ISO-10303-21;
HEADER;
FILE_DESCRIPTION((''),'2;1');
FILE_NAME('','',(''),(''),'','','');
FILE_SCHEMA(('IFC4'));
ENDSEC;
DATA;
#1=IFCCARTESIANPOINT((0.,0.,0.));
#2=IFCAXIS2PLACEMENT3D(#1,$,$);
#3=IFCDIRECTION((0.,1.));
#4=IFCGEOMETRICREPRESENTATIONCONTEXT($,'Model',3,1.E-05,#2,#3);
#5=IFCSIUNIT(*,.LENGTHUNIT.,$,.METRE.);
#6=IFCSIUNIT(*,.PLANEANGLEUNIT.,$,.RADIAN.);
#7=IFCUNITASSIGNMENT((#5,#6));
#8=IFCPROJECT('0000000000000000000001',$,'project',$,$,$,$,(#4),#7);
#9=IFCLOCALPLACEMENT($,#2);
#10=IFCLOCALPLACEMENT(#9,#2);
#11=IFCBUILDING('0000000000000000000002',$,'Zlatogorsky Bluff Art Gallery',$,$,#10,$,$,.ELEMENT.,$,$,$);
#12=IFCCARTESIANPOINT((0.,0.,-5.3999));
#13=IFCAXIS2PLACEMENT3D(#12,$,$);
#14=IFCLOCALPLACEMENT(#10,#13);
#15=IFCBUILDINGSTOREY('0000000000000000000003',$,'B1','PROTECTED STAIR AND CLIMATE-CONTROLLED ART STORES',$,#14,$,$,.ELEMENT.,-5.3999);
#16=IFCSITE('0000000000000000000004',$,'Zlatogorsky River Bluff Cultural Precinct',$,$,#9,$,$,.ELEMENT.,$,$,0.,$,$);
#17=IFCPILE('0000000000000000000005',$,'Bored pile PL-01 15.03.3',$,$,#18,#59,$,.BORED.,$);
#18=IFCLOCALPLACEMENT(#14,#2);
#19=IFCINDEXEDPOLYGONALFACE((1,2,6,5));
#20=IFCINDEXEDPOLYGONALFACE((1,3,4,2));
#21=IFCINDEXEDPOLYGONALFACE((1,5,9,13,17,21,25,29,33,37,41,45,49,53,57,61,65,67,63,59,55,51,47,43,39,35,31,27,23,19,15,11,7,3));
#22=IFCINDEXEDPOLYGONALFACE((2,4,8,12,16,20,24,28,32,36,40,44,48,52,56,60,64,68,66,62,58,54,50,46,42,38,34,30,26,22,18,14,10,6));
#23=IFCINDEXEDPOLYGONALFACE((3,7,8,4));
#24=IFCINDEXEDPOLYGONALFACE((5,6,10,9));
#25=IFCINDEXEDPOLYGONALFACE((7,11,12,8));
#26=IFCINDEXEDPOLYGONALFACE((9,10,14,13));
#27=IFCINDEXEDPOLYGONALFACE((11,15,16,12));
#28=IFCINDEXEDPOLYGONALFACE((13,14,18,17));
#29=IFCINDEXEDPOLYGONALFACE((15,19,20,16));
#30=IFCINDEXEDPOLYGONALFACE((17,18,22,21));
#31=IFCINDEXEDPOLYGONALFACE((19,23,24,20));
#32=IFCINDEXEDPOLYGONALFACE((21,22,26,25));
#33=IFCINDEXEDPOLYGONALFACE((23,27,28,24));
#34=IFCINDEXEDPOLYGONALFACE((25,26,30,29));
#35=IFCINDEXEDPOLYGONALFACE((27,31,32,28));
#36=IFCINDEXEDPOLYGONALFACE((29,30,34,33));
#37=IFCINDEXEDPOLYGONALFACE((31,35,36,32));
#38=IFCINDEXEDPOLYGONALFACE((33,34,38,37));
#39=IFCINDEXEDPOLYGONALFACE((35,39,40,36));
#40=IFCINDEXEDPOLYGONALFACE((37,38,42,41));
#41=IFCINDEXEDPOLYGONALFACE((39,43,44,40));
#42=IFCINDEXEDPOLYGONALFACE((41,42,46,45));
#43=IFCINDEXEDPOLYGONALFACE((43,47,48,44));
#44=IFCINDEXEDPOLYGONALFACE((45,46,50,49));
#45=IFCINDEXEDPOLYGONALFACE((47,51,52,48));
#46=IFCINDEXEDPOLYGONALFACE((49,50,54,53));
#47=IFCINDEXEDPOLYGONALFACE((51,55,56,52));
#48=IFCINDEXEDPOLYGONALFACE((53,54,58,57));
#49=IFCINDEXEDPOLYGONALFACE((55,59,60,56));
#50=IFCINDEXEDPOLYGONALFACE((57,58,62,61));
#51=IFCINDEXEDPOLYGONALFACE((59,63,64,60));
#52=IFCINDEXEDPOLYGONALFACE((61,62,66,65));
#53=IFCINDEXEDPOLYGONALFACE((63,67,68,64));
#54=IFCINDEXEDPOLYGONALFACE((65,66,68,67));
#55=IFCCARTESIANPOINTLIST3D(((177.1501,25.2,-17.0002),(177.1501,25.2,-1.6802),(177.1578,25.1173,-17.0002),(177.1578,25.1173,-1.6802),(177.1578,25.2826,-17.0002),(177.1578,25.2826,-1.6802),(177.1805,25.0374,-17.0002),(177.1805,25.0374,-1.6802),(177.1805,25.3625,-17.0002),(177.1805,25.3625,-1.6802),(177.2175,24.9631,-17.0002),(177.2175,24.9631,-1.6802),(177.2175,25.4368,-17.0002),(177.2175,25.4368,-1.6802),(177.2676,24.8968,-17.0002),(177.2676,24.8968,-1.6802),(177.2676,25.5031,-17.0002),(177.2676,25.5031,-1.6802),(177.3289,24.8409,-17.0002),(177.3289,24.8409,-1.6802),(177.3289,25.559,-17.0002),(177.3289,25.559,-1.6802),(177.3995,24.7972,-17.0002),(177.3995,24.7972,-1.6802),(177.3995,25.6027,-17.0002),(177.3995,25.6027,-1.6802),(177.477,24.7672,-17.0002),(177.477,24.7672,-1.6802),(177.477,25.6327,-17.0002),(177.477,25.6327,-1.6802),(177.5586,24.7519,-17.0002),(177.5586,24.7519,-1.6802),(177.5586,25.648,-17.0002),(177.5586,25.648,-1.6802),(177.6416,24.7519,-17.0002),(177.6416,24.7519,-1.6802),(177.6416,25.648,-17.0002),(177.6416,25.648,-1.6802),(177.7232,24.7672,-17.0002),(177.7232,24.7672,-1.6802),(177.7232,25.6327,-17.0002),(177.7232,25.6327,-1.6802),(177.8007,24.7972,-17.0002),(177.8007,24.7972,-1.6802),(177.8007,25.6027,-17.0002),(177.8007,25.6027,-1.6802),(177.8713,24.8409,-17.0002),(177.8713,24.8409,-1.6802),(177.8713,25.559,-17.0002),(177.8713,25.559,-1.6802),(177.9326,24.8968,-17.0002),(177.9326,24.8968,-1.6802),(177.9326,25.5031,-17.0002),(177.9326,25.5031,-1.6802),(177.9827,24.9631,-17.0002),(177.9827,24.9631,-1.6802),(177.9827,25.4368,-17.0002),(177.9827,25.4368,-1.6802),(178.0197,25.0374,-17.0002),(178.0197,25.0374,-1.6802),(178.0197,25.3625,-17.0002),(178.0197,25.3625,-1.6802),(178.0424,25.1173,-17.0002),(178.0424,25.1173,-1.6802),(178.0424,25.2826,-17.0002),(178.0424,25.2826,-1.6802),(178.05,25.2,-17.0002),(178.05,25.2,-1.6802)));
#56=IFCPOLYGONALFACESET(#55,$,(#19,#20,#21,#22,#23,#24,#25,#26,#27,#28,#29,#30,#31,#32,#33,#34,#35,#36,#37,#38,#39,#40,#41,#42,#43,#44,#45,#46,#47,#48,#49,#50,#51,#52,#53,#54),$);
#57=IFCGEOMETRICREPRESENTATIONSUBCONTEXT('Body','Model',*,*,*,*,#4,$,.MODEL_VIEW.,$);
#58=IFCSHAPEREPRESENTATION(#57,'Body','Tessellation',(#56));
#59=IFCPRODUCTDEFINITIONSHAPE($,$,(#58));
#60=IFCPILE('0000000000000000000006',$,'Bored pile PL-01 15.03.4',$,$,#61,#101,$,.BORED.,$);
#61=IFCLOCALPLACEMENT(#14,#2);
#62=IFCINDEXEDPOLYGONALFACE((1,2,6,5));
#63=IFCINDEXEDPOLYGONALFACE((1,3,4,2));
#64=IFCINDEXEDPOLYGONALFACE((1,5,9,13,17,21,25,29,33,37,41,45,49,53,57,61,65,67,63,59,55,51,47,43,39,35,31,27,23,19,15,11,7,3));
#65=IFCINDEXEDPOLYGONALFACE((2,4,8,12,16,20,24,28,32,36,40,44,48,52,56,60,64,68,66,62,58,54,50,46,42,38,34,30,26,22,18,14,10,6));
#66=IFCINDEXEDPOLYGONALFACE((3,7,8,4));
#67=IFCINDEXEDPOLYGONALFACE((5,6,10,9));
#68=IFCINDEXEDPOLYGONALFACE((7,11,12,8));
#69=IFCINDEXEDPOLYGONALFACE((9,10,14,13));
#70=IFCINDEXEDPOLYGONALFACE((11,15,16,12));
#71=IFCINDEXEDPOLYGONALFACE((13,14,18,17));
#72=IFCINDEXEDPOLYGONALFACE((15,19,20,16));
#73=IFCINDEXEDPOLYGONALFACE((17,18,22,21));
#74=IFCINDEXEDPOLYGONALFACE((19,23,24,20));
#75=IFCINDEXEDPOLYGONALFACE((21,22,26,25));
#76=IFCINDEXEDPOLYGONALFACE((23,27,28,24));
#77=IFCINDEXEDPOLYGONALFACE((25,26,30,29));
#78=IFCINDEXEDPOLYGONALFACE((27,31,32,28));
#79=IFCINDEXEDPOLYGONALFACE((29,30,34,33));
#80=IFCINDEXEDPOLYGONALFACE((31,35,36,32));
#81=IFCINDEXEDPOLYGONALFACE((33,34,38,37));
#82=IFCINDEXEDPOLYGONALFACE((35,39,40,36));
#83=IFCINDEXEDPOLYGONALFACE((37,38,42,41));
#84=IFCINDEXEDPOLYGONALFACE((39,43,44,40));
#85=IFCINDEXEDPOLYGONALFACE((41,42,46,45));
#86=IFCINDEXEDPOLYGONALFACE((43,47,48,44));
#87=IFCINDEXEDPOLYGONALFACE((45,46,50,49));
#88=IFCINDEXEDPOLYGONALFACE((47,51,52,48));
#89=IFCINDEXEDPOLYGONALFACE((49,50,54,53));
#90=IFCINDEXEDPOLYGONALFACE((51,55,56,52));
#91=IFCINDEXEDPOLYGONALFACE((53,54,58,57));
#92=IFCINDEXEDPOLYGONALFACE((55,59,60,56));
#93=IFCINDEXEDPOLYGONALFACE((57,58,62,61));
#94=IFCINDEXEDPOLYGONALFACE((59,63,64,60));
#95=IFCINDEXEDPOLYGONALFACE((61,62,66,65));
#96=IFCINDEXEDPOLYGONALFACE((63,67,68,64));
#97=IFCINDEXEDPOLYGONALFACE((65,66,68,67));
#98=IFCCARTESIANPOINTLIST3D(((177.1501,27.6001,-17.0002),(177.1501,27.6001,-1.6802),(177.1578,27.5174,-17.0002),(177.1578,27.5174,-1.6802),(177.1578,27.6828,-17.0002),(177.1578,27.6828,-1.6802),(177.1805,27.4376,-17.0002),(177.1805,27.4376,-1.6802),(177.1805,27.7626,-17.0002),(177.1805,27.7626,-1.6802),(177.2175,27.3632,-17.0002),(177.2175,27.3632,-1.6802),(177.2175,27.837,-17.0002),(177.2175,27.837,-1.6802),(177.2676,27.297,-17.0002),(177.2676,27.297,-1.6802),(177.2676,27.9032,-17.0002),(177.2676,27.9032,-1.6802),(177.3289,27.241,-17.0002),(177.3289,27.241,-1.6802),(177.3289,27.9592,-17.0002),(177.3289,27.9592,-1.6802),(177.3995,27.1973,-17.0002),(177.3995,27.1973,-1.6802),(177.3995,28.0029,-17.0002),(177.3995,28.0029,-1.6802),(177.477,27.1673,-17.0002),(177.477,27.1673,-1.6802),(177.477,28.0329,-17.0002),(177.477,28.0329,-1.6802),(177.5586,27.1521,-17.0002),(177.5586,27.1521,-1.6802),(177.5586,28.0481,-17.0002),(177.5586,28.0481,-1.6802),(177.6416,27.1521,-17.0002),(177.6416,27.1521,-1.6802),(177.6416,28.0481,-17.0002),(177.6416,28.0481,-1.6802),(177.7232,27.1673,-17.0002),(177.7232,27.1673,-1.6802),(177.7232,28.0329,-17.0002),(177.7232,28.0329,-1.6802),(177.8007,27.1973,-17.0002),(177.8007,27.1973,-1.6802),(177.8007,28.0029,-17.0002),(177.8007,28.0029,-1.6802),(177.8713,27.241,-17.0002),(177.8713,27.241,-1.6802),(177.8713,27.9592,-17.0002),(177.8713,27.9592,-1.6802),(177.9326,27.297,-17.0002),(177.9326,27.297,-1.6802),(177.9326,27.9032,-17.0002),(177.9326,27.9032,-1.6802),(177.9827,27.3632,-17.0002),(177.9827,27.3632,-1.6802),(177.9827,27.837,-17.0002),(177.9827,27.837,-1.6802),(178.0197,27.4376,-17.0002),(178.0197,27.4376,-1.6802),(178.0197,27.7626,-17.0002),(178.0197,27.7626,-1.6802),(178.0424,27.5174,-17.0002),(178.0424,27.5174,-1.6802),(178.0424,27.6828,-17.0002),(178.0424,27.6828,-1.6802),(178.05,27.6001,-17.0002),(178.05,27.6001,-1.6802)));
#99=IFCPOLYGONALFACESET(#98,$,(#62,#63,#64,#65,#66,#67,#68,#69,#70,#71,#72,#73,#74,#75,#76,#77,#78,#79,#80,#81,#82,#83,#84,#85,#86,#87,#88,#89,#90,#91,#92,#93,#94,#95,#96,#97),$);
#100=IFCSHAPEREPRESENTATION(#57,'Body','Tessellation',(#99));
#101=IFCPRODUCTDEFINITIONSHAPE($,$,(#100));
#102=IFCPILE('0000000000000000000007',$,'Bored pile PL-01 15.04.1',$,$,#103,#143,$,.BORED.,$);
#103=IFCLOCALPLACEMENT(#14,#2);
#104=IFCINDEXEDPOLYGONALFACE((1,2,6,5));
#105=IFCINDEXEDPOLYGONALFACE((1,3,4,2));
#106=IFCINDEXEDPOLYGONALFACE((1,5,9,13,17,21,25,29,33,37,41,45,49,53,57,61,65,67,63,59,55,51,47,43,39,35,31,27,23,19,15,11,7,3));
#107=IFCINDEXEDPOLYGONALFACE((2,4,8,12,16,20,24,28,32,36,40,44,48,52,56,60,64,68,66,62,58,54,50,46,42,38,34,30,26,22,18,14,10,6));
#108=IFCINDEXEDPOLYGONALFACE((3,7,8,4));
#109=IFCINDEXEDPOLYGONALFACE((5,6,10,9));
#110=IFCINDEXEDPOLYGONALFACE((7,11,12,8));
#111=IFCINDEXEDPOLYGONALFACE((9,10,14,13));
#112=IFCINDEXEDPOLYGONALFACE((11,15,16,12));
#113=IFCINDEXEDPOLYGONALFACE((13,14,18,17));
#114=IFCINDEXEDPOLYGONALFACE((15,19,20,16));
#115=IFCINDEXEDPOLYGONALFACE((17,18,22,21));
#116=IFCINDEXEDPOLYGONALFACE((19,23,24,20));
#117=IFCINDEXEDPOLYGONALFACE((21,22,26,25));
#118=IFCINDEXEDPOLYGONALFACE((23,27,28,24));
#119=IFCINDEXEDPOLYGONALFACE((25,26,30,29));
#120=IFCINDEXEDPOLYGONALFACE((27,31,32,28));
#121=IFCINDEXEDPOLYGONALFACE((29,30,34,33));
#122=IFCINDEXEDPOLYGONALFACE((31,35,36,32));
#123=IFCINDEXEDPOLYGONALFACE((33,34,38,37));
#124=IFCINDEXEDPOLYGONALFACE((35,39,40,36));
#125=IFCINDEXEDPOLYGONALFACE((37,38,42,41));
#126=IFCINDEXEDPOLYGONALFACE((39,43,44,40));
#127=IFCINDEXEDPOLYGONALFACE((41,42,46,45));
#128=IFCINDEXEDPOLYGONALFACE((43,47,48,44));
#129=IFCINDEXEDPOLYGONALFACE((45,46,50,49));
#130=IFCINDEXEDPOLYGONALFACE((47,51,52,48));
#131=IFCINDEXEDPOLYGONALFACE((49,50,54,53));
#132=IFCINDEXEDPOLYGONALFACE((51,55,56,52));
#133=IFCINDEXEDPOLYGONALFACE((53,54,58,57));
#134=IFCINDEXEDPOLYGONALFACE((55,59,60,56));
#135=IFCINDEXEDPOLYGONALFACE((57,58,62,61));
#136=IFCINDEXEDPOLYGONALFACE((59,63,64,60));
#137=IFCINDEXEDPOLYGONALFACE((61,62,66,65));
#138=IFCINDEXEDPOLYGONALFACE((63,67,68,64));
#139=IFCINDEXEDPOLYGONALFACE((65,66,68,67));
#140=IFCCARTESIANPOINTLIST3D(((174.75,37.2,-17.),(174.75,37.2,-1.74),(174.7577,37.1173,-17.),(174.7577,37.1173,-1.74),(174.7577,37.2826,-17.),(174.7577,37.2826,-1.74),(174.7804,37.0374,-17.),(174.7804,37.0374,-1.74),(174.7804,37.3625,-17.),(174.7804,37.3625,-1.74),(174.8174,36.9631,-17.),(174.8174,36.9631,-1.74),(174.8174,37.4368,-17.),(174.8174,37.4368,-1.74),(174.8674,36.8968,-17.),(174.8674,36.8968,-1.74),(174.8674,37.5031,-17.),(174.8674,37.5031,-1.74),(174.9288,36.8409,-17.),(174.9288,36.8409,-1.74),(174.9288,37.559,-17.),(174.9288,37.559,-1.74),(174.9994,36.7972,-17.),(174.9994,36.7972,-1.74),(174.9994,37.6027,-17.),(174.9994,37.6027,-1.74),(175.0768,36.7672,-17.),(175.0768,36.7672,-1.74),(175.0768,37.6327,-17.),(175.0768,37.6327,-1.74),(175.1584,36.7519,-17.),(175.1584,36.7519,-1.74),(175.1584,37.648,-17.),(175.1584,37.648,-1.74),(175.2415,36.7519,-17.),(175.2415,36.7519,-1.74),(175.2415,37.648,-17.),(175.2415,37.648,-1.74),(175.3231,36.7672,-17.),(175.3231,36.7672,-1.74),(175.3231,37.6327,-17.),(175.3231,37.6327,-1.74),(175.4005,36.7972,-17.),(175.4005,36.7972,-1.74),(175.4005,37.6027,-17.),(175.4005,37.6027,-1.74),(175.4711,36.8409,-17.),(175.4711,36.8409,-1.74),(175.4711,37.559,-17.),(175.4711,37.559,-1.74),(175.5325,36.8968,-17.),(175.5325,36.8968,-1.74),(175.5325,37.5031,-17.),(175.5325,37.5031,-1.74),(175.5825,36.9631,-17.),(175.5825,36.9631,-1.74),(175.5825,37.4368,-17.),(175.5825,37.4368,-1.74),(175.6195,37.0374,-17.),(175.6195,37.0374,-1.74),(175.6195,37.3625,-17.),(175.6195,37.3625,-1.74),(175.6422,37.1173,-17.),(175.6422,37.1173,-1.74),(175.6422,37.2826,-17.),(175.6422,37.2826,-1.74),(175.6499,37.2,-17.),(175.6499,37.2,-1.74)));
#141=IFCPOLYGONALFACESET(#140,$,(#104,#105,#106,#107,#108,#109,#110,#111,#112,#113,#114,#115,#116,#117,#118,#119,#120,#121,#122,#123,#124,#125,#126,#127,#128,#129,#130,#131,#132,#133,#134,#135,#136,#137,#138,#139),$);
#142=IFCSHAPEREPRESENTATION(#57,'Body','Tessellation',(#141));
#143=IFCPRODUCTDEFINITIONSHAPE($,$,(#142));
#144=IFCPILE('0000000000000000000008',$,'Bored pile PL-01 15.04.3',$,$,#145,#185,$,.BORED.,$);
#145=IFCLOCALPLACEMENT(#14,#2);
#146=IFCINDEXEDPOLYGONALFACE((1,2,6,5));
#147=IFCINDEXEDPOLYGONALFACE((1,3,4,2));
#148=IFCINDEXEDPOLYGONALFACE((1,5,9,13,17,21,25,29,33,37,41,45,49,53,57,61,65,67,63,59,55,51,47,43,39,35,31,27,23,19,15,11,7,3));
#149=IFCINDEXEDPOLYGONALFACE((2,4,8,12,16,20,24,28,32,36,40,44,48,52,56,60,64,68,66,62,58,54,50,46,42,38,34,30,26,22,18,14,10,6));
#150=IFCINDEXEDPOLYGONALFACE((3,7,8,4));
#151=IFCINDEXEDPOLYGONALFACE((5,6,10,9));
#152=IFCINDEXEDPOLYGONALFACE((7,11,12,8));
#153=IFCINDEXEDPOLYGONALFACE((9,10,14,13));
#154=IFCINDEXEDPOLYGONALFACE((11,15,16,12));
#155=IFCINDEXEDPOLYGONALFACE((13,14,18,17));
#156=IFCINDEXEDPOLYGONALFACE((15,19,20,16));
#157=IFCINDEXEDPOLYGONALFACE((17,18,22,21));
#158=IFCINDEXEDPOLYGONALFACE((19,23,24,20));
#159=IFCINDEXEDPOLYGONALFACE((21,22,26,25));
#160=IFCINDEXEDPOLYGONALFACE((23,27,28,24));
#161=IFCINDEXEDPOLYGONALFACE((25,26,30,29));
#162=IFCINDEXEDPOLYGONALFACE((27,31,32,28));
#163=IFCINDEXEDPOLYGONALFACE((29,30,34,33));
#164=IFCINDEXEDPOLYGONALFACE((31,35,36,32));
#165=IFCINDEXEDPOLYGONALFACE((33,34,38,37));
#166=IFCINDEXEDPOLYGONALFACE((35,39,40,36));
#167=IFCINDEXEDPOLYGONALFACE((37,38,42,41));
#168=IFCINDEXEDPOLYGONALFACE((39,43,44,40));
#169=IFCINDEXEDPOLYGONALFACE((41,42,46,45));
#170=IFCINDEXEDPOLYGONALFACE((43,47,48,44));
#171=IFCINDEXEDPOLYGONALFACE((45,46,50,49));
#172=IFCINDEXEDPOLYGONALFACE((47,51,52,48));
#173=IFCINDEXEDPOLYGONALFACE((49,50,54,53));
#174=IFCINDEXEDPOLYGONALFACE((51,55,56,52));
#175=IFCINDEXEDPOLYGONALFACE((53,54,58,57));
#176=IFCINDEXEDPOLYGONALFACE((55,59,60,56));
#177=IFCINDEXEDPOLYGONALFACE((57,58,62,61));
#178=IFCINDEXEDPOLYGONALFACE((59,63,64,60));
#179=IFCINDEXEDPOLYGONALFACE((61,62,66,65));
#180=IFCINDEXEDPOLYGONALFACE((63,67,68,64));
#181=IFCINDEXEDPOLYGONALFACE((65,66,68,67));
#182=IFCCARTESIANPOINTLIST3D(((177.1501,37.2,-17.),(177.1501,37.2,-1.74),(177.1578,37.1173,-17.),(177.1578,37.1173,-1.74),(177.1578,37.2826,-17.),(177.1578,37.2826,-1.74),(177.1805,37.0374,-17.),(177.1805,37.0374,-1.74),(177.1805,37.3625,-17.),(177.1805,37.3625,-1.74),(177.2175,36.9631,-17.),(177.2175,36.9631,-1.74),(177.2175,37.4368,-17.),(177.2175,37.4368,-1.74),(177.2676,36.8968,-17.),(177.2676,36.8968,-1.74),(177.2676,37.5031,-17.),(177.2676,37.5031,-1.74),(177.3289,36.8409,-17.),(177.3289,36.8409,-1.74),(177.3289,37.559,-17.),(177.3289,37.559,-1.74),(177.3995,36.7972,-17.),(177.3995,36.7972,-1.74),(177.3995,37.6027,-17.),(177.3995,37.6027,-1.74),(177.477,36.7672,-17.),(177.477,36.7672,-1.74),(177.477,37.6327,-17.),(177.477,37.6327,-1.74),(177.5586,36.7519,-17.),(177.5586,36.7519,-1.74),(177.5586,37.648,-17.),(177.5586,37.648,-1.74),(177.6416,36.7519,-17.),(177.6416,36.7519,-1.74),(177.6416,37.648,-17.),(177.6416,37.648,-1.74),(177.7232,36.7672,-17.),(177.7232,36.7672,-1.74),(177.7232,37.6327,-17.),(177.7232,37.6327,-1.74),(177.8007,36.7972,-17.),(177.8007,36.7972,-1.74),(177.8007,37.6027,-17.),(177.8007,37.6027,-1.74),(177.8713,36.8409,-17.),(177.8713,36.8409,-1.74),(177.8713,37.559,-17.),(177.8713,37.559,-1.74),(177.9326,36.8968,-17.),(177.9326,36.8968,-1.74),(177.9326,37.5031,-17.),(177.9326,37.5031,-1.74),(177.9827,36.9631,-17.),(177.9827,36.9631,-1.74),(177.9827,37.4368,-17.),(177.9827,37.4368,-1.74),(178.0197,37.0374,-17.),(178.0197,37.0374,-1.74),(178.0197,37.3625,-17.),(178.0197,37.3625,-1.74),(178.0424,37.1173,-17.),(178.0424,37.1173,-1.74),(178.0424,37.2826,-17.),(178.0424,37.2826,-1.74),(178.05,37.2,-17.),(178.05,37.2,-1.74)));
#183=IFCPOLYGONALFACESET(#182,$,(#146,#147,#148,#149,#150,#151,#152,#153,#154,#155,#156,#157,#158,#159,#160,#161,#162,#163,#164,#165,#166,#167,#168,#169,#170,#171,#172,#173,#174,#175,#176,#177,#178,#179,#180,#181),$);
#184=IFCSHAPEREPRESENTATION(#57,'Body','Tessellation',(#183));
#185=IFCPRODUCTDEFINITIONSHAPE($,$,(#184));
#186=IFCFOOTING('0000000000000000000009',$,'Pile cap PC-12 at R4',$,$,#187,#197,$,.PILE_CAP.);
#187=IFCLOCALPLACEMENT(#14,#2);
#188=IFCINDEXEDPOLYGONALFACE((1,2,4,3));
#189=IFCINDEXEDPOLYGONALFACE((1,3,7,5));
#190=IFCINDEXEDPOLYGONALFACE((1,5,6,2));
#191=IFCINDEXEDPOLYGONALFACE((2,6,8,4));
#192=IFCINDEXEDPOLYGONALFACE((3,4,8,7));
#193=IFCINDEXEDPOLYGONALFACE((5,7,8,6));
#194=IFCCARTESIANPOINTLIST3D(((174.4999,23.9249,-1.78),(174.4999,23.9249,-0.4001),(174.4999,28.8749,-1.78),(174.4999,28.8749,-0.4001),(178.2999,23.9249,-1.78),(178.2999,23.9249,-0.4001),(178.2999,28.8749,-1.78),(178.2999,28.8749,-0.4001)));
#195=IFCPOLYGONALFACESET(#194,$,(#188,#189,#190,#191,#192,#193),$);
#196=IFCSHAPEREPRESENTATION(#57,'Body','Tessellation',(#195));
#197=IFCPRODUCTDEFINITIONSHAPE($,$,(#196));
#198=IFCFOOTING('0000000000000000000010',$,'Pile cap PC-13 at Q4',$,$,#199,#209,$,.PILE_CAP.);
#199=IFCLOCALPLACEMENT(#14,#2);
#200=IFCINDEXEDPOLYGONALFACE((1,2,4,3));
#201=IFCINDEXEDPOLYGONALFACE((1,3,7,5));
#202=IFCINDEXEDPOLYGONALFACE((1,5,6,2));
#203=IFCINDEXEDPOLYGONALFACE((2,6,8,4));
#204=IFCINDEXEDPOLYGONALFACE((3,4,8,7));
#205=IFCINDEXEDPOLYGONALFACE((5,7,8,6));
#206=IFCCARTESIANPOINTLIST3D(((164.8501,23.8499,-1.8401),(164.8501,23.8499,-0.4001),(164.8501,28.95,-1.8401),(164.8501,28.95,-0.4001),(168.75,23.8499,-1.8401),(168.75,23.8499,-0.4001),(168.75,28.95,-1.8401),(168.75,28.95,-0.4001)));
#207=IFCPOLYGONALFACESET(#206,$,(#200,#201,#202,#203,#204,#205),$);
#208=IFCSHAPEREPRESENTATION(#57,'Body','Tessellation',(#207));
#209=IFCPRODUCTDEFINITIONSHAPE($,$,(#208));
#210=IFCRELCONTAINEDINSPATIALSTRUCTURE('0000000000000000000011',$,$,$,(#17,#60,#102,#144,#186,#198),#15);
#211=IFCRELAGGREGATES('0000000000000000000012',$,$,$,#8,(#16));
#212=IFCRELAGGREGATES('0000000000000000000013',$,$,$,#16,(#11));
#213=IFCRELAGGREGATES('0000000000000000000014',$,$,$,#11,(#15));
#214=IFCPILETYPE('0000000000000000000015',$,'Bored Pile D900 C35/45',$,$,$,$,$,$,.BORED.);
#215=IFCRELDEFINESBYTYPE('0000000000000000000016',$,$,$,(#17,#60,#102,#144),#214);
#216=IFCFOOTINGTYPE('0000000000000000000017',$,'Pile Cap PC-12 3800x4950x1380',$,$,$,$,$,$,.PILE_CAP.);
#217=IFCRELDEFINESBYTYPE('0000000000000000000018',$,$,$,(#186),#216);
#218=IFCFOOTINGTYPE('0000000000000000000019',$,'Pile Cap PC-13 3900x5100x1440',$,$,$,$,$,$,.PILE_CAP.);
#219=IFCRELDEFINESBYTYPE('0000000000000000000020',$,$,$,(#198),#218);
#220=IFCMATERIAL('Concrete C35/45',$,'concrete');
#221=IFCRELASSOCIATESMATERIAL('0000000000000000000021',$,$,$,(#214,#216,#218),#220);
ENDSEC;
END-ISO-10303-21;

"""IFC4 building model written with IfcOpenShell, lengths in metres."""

from ifc_helpers import new_model, si_unit, direction, frame, origin, origin_2d, place, context, subcontext, project, spatial, rectangle, circle, extrude, material, material_profile, profile_set, type_object, element, save


model = new_model("IFC4")

# Units and contexts
model_context = context("Model", 3, precision=1e-05, world=origin(), true_north=direction((0.0, 1.0)))
body_context = subcontext(model_context, "Body", "Model", "MODEL_VIEW")
ifc_project = project(units=[si_unit("LENGTHUNIT", "METRE"), si_unit("PLANEANGLEUNIT", "RADIAN")], contexts=[model_context])

# Site, building, storey
site_placement = place(None, origin())
site = spatial("IfcSite", under=ifc_project, at=site_placement, Name="Zlatogorsky River Bluff Cultural Precinct", CompositionType="ELEMENT", RefElevation=0.0)
building_placement = place(site_placement, origin())
building = spatial("IfcBuilding", under=site, at=building_placement, Name="Zlatogorsky Bluff Art Gallery", CompositionType="ELEMENT")
storey_placement = place(building_placement, frame((0.0, 0.0, -5.3999)))
storey = spatial("IfcBuildingStorey", under=building, at=storey_placement, Name="B1", Description="PROTECTED STAIR AND CLIMATE-CONTROLLED ART STORES", CompositionType="ELEMENT", Elevation=-5.3999)

# Piles
ifc_material_1 = material(Name="Concrete C35/45", Category="concrete")
ifc_material_profile_1 = material_profile(ifc_material_1, circle(Radius=0.45, at=origin_2d()), Name="BORED PILE D900")
ifc_profile_set_1 = profile_set([ifc_material_profile_1], Name="Concrete C35/45")
pile_type = type_object("IfcPileType", Name="Bored Pile D900 C35/45", PredefinedType="BORED", material=ifc_profile_set_1)
for number, where, z_axis, x_axis, name in (
    (1, (177.6001, 25.2, -1.6802), (0.0, 0.0, -1.0), (1.0, 0.0, 0.0), "Bored pile PL-01 15.03.3"),
    (2, (177.6001, 27.6001, -1.6802), (0.0, 0.0, -1.0), (1.0, 0.0, 0.0), "Bored pile PL-01 15.03.4"),
):
    element("IfcPile", number, at=place(storey_placement, frame(where, z_axis=z_axis, x_axis=x_axis)), inside=storey, type_object=pile_type, Name=name, PredefinedType="BORED", context=body_context, shape_type="SweptSolid", body=[
        extrude(circle(Radius=0.45, at=origin_2d()), origin(), (0.0, 0.0, 1.0), 15.3201),
    ])
for number, where, z_axis, x_axis, name in (
    (3, (175.2, 37.2, -1.74), (0.0, 0.0, -1.0), (1.0, 0.0, 0.0), "Bored pile PL-01 15.04.1"),
    (4, (177.6001, 37.2, -1.74), (0.0, 0.0, -1.0), (1.0, 0.0, 0.0), "Bored pile PL-01 15.04.3"),
):
    element("IfcPile", number, at=place(storey_placement, frame(where, z_axis=z_axis, x_axis=x_axis)), inside=storey, type_object=pile_type, Name=name, PredefinedType="BORED", context=body_context, shape_type="SweptSolid", body=[
        extrude(circle(Radius=0.45, at=origin_2d()), origin(), (0.0, 0.0, 1.0), 15.26),
    ])

# Footings
footing_type_1 = type_object("IfcFootingType", Name="Pile Cap PC-12 3800x4950x1380", PredefinedType="PILE_CAP", material=ifc_material_1)
footing_1_placement = place(storey_placement, frame((176.3999, 26.3999, -1.78), z_axis=(0.0, 0.0, 1.0), x_axis=(1.0, 0.0, 0.0)))
element("IfcFooting", 5, at=footing_1_placement, inside=storey, type_object=footing_type_1, Name="Pile cap PC-12 at R4", PredefinedType="PILE_CAP", context=body_context, shape_type="SweptSolid", body=[
    extrude(rectangle(XDim=3.8, YDim=4.95, at=origin_2d()), origin(), (0.0, 0.0, 1.0), 1.3799),
])
footing_type_2 = type_object("IfcFootingType", Name="Pile Cap PC-13 3900x5100x1440", PredefinedType="PILE_CAP", material=ifc_material_1)
footing_2_placement = place(storey_placement, frame((166.8, 26.3999, -1.8401), z_axis=(0.0, 0.0, 1.0), x_axis=(1.0, 0.0, 0.0)))
element("IfcFooting", 6, at=footing_2_placement, inside=storey, type_object=footing_type_2, Name="Pile cap PC-13 at Q4", PredefinedType="PILE_CAP", context=body_context, shape_type="SweptSolid", body=[
    extrude(rectangle(XDim=3.8999, YDim=5.1001, at=origin_2d()), origin(), (0.0, 0.0, 1.0), 1.4399),
])

save(model, "model.ifc")
